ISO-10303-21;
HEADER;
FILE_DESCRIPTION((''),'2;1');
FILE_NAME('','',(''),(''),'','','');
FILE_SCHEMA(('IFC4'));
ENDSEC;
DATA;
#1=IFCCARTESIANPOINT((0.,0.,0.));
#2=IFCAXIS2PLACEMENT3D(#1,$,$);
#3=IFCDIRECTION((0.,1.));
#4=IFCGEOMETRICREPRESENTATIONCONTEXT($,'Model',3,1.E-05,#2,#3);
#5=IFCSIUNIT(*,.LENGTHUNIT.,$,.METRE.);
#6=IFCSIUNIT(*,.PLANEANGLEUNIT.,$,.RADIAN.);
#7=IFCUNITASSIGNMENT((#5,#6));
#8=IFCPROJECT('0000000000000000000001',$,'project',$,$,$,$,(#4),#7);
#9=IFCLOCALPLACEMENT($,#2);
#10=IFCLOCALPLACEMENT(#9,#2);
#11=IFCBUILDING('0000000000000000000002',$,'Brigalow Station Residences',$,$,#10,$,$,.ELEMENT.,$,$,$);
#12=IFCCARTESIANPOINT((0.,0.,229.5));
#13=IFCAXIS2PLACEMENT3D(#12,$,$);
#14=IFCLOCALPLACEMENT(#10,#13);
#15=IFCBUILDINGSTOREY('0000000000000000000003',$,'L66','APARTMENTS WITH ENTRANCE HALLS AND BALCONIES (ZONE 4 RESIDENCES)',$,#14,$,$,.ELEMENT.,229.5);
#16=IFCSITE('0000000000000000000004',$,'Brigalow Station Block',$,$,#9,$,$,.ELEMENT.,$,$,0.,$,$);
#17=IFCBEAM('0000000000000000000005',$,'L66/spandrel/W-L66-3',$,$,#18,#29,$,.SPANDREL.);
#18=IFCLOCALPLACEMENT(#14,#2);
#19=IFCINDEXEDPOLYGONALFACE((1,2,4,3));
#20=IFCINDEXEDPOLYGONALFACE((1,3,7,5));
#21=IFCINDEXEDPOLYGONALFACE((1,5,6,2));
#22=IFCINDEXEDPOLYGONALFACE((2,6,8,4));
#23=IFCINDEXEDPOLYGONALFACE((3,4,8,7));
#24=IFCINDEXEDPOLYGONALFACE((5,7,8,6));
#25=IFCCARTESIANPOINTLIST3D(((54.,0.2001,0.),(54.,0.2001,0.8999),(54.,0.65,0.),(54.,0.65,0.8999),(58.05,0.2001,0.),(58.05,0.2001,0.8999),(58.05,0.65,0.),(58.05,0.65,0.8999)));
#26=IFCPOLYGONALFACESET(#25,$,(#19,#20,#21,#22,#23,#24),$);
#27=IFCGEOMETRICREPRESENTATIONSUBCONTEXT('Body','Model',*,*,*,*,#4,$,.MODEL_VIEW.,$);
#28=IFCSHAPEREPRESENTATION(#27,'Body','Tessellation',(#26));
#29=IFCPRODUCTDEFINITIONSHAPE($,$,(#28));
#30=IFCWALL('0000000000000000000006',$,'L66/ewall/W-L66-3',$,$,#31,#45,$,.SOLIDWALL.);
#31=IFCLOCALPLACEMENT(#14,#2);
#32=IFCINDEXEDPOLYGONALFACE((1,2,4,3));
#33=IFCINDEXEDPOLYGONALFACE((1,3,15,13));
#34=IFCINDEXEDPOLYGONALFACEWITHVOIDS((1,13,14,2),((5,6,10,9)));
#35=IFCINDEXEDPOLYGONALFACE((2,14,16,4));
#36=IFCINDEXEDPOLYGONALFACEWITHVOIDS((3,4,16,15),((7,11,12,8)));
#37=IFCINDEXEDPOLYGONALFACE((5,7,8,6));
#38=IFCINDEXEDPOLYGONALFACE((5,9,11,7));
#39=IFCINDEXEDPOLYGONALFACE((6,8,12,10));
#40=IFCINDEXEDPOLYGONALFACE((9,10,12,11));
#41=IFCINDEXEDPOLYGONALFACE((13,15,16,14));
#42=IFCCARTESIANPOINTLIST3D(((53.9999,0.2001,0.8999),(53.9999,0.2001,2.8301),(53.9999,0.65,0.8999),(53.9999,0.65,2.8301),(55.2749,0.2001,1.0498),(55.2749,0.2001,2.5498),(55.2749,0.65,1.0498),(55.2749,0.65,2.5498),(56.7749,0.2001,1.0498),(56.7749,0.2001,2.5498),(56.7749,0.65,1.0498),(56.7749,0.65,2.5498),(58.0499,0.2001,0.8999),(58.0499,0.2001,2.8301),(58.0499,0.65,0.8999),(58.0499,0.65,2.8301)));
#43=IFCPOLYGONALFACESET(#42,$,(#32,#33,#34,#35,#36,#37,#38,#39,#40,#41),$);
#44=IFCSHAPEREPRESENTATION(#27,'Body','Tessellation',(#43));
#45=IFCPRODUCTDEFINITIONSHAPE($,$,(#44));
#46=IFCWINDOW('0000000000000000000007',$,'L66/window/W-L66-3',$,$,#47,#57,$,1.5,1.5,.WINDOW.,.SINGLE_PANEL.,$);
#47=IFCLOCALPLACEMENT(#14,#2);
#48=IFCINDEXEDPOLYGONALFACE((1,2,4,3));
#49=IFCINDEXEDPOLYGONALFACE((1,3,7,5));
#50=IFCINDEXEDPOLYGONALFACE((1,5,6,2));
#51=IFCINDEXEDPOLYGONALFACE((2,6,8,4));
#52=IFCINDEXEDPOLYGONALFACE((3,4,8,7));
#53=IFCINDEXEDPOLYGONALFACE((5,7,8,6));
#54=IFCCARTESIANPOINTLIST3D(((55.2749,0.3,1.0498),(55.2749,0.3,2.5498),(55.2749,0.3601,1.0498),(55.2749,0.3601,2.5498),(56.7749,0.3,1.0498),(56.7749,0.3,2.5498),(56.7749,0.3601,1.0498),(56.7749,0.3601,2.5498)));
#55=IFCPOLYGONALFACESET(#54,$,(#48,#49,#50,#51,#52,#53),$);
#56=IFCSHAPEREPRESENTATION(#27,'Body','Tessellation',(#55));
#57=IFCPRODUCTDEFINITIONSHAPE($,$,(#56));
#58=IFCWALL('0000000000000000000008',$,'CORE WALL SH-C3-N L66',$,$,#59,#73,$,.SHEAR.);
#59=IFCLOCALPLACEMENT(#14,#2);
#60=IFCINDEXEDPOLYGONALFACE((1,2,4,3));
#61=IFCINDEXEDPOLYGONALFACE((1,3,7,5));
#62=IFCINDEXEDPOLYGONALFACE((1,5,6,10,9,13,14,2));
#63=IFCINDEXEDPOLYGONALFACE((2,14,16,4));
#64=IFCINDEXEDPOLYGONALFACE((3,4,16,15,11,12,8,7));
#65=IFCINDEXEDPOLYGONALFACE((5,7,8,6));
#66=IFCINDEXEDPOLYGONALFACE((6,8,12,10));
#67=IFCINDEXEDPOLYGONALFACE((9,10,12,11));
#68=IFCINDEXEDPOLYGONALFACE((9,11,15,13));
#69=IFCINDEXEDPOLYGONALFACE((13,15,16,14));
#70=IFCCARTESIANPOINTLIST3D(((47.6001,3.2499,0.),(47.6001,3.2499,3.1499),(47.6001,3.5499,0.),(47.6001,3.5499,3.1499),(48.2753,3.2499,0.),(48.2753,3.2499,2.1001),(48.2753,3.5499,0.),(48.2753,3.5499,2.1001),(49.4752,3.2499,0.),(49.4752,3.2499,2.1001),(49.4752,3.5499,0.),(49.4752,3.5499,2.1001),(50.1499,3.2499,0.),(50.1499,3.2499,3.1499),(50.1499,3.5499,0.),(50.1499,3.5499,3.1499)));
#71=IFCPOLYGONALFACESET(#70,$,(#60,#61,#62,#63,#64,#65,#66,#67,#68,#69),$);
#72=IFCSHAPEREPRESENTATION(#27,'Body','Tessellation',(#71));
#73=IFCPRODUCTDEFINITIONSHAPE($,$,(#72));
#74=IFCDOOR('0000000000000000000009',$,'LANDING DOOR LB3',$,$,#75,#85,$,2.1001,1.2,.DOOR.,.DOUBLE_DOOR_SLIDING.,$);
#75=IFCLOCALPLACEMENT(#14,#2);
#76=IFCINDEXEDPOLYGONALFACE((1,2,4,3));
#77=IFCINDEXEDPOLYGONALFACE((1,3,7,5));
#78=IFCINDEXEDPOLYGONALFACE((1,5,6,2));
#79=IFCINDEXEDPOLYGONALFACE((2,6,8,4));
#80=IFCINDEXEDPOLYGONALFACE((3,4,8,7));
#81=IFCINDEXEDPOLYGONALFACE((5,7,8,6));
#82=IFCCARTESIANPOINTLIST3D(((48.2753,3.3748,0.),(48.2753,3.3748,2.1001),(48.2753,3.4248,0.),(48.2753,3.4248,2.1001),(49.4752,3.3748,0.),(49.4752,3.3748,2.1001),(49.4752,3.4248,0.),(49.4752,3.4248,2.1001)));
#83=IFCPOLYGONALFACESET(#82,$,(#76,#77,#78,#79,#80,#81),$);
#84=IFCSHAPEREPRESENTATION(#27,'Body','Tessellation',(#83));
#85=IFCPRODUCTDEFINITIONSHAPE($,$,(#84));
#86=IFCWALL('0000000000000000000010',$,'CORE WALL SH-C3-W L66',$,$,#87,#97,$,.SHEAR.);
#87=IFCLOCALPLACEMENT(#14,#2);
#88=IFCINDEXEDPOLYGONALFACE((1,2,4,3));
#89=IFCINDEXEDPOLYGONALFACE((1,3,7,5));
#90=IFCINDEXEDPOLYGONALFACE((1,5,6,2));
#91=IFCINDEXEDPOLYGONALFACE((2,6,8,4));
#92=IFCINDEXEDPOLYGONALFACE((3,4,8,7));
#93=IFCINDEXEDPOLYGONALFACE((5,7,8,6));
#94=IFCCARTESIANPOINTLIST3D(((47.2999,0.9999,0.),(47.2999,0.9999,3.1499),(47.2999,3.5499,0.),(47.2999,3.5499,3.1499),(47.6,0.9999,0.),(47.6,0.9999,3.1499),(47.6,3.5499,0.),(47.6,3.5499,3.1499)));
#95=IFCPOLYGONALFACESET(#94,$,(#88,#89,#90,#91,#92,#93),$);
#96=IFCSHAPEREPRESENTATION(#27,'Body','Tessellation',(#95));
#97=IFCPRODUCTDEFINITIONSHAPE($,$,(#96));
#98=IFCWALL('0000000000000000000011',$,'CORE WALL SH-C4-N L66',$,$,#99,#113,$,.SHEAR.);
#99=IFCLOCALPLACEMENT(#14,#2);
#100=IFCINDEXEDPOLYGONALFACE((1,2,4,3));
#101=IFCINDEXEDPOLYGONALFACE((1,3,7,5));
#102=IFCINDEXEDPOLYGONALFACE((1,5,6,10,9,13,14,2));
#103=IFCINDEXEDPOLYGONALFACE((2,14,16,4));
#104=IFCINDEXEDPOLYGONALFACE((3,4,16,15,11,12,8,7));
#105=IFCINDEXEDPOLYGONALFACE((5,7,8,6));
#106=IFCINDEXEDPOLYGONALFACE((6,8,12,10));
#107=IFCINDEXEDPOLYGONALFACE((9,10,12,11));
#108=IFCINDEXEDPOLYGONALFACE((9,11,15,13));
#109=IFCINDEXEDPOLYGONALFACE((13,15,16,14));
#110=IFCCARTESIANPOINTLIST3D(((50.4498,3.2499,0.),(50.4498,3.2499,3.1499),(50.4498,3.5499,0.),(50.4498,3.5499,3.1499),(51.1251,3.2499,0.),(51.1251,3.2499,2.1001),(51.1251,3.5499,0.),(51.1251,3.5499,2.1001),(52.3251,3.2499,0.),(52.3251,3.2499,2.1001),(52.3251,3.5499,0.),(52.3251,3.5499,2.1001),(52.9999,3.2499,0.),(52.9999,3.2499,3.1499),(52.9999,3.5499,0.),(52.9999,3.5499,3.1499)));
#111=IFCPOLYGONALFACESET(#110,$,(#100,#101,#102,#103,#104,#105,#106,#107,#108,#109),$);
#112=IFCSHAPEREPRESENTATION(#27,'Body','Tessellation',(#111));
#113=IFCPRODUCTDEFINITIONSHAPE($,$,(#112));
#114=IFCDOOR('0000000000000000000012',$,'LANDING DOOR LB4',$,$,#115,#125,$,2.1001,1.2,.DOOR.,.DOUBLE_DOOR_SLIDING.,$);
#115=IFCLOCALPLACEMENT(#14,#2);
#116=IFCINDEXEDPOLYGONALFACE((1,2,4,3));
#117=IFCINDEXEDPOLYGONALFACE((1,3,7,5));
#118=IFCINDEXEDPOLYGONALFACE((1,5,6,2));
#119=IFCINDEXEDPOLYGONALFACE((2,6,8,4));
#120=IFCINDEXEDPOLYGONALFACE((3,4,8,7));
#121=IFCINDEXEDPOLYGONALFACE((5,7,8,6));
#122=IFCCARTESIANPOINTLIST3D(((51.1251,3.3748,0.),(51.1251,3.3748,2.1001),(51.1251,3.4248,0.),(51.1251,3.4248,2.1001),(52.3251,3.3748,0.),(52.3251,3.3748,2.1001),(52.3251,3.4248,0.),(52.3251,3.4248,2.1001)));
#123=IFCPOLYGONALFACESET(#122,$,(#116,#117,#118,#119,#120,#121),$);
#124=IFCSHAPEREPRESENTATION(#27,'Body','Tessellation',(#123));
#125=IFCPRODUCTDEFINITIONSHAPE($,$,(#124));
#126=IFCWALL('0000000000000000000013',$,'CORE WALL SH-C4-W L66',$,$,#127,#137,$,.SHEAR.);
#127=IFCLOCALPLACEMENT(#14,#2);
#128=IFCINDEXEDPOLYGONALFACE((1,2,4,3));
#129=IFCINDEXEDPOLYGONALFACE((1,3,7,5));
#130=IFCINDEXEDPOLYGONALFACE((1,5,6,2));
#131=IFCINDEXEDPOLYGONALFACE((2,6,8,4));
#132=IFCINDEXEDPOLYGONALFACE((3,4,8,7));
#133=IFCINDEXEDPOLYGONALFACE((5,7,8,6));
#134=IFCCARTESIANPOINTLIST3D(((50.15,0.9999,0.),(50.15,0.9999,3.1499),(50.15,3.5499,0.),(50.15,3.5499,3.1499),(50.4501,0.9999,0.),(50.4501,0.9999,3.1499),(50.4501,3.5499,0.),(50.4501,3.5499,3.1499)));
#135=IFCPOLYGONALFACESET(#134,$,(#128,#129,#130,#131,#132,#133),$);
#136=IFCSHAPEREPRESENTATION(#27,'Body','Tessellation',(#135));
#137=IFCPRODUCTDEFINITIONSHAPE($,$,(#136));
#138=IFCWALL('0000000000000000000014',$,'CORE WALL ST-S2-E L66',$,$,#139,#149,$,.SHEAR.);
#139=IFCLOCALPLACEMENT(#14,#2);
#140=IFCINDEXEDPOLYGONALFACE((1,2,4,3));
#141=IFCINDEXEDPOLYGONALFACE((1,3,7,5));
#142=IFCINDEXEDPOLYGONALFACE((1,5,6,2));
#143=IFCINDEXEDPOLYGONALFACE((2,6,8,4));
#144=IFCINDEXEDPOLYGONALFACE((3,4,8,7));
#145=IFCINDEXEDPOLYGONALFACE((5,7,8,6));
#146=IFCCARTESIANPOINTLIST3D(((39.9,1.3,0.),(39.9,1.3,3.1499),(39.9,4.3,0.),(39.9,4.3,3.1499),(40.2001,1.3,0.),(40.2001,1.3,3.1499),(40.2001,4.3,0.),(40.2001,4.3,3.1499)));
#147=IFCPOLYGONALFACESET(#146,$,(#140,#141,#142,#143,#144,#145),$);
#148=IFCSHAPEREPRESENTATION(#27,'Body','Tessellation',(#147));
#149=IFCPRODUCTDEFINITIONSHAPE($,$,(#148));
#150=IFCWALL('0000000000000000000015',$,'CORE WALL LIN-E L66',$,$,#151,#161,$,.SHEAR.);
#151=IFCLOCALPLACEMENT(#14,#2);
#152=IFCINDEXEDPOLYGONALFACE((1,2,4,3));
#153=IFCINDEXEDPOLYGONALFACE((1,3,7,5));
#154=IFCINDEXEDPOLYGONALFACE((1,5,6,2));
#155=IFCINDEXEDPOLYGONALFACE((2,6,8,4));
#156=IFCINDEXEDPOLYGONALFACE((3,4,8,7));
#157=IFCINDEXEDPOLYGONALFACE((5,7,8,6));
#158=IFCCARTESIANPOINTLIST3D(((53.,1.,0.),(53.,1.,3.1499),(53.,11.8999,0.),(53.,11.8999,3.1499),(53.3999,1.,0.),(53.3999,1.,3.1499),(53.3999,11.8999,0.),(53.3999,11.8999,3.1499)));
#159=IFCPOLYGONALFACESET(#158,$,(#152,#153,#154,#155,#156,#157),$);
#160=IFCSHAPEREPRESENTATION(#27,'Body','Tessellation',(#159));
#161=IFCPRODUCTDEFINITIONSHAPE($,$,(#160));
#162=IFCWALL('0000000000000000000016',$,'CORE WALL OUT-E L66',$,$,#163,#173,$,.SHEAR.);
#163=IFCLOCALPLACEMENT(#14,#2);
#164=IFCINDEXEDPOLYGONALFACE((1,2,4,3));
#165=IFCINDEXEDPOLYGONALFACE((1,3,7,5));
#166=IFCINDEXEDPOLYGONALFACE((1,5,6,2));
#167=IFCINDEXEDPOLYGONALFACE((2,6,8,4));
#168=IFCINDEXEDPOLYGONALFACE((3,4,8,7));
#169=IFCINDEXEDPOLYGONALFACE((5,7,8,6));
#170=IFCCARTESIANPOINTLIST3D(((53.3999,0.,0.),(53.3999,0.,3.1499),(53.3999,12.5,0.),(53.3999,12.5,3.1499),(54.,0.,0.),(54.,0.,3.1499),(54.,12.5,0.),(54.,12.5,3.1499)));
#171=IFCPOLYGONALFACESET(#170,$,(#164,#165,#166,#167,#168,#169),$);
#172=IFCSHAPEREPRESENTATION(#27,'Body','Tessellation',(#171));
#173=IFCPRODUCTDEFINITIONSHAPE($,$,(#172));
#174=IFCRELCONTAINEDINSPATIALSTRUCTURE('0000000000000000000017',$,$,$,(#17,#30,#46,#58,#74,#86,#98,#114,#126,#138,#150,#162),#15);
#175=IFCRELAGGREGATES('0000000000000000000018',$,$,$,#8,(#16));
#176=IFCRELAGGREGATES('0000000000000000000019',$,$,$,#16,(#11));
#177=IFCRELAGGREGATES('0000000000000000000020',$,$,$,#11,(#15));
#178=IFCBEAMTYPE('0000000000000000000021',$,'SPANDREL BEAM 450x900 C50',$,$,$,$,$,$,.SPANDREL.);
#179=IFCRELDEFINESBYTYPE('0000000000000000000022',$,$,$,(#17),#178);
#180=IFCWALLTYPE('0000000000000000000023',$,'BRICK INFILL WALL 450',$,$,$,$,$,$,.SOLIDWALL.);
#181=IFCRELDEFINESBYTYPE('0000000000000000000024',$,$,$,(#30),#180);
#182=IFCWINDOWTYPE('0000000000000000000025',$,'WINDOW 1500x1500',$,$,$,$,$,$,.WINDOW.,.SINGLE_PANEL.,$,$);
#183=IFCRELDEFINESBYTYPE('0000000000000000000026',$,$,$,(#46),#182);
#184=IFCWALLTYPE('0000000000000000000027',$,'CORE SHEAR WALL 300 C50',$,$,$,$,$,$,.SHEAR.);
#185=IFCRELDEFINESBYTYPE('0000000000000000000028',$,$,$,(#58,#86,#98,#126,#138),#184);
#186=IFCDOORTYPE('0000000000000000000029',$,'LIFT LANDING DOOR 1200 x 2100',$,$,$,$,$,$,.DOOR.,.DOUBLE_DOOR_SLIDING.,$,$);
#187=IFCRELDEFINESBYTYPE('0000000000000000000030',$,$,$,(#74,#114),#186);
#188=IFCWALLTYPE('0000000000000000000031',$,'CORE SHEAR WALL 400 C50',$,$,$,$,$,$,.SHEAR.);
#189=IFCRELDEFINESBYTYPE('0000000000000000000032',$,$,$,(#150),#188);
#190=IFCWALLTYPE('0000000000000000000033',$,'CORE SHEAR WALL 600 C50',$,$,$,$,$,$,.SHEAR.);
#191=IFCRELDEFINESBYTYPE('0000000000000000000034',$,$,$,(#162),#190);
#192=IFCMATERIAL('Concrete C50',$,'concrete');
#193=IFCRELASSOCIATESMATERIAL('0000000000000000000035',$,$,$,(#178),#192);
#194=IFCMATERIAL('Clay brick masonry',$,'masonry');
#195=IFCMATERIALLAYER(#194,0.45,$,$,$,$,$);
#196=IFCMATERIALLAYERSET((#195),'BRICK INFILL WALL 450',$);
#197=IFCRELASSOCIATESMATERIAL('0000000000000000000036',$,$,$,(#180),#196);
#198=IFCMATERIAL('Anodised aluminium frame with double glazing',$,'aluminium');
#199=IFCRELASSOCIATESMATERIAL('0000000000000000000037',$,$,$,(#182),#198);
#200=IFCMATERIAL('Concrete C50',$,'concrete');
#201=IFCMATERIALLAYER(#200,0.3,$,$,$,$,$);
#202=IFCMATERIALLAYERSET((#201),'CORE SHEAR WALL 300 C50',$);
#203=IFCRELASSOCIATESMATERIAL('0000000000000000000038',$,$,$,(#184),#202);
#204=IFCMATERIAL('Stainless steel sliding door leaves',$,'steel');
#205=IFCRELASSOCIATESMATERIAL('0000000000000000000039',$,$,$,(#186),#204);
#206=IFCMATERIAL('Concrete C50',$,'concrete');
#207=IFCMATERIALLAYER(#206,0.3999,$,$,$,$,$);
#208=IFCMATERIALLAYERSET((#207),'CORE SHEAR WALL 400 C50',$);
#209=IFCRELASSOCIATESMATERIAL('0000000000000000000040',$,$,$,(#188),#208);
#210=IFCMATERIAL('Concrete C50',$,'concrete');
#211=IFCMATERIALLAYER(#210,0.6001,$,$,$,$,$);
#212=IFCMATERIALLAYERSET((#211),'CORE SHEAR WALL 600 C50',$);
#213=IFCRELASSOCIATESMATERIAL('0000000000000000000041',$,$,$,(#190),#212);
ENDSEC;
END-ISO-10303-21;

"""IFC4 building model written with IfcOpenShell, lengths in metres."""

from ifc_helpers import new_model, si_unit, direction, frame, frame_2d, origin, origin_2d, place, context, subcontext, project, spatial, rectangle, extrude, material, layer, layer_set, material_profile, profile_set, type_object, element, fill, save


model = new_model("IFC4")

# Units and contexts
model_context = context("Model", 3, precision=1e-05, world=origin(), true_north=direction((0.0, 1.0)))
body_context = subcontext(model_context, "Body", "Model", "MODEL_VIEW")
ifc_project = project(units=[si_unit("LENGTHUNIT", "METRE"), si_unit("PLANEANGLEUNIT", "RADIAN")], contexts=[model_context])

# Site, building, storey
site_placement = place(None, origin())
site = spatial("IfcSite", under=ifc_project, at=site_placement, Name="Brigalow Station Block", CompositionType="ELEMENT", RefElevation=0.0)
building_placement = place(site_placement, origin())
building = spatial("IfcBuilding", under=site, at=building_placement, Name="Brigalow Station Residences", CompositionType="ELEMENT")
storey_placement = place(building_placement, frame((0.0, 0.0, 229.5)))
storey = spatial("IfcBuildingStorey", under=building, at=storey_placement, Name="L66", Description="APARTMENTS WITH ENTRANCE HALLS AND BALCONIES (ZONE 4 RESIDENCES)", CompositionType="ELEMENT", Elevation=229.5)

# Beam
ifc_material_1 = material(Name="Concrete C50", Category="concrete")
ifc_material_profile = material_profile(ifc_material_1, rectangle(XDim=0.45, YDim=0.8999, at=origin_2d()), Name="RC450x900")
ifc_profile_set = profile_set([ifc_material_profile], Name="Concrete C50")
beam_type = type_object("IfcBeamType", Name="SPANDREL BEAM 450x900 C50", PredefinedType="SPANDREL", material=ifc_profile_set)
beam_placement = place(storey_placement, frame((54.0, 0.425, 0.45), z_axis=(1.0, 0.0, 0.0), x_axis=(0.0, 1.0, 0.0)))
element("IfcBeam", 1, at=beam_placement, inside=storey, type_object=beam_type, Name="L66/spandrel/W-L66-3", PredefinedType="SPANDREL", context=body_context, shape_type="SweptSolid", body=[
    extrude(rectangle(XDim=0.45, YDim=0.8999, at=origin_2d()), origin(), (0.0, 0.0, 1.0), 4.05),
])

# Wall, opening, window
ifc_material_2 = material(Name="Clay brick masonry", Category="masonry")
ifc_layer_1 = layer(ifc_material_2, 0.45)
ifc_layer_set_1 = layer_set([ifc_layer_1], Name="BRICK INFILL WALL 450")
wall_type_1 = type_object("IfcWallType", Name="BRICK INFILL WALL 450", PredefinedType="SOLIDWALL", material=ifc_layer_set_1)
wall_1_placement = place(storey_placement, frame((54.0, 0.425, 0.8999), z_axis=(0.0, 0.0, 1.0), x_axis=(1.0, 0.0, 0.0)))
wall_1 = element("IfcWall", 2, at=wall_1_placement, inside=storey, type_object=wall_type_1, Name="L66/ewall/W-L66-3", PredefinedType="SOLIDWALL", context=body_context, shape_type="SweptSolid", body=[
    extrude(rectangle(XDim=4.05, YDim=0.45, at=frame_2d((2.0249, 0.0))), origin(), (0.0, 0.0, 1.0), 1.9302),
])
opening_1_placement = place(wall_1_placement, frame((1.2749, 0.0, 0.1499)))
opening_1 = element("IfcOpeningElement", 3, at=opening_1_placement, cuts=wall_1, PredefinedType="OPENING", context=body_context, shape_type="SweptSolid", body=[
    extrude(rectangle(XDim=1.5, YDim=1.5, at=frame_2d((0.75, 0.75))), frame((0.0, 0.2349, 0.0), z_axis=(0.0, -1.0, 0.0), x_axis=(1.0, 0.0, 0.0)), (0.0, 0.0, 1.0), 0.47),
])
ifc_material_3 = material(Name="Anodised aluminium frame with double glazing", Category="aluminium")
window_type = type_object("IfcWindowType", Name="WINDOW 1500x1500", PartitioningType="SINGLE_PANEL", PredefinedType="WINDOW", material=ifc_material_3)
window_placement = place(opening_1_placement, origin())
window = element("IfcWindow", 4, at=window_placement, inside=storey, type_object=window_type, Name="L66/window/W-L66-3", OverallHeight=1.5, OverallWidth=1.5, PartitioningType="SINGLE_PANEL", PredefinedType="WINDOW", context=body_context, shape_type="SweptSolid", body=[
    extrude(rectangle(XDim=1.5, YDim=1.5, at=frame_2d((0.75, 0.75))), frame((0.0, -0.0649, 0.0), z_axis=(0.0, -1.0, 0.0), x_axis=(1.0, 0.0, 0.0)), (0.0, 0.0, 1.0), 0.0601),
])
fill(opening_1, window)

# Wall, opening, door
ifc_material_4 = material(Name="Concrete C50", Category="concrete")
ifc_layer_2 = layer(ifc_material_4, 0.3)
ifc_layer_set_2 = layer_set([ifc_layer_2], Name="CORE SHEAR WALL 300 C50")
wall_type_2 = type_object("IfcWallType", Name="CORE SHEAR WALL 300 C50", PredefinedType="SHEAR", material=ifc_layer_set_2)
wall_2_placement = place(storey_placement, frame((47.6001, 3.3999, 0.0), z_axis=(0.0, 0.0, 1.0), x_axis=(1.0, 0.0, 0.0)))
wall_2 = element("IfcWall", 5, at=wall_2_placement, inside=storey, type_object=wall_type_2, Name="CORE WALL SH-C3-N L66", PredefinedType="SHEAR", context=body_context, shape_type="SweptSolid", body=[
    extrude(rectangle(XDim=2.5498, YDim=0.3, at=frame_2d((1.2749, 0.0))), origin(), (0.0, 0.0, 1.0), 3.1499),
])
opening_2_placement = place(wall_2_placement, frame((0.675, 0.0, 0.0)))
opening_2 = element("IfcOpeningElement", 6, at=opening_2_placement, cuts=wall_2, PredefinedType="OPENING", context=body_context, shape_type="SweptSolid", body=[
    extrude(rectangle(XDim=1.2, YDim=2.1001, at=frame_2d((0.6001, 1.05))), frame((0.0, 0.1602, 0.0), z_axis=(0.0, -1.0, 0.0), x_axis=(1.0, 0.0, 0.0)), (0.0, 0.0, 1.0), 0.3201),
])
ifc_material_5 = material(Name="Stainless steel sliding door leaves", Category="steel")
door_type = type_object("IfcDoorType", Name="LIFT LANDING DOOR 1200 x 2100", OperationType="DOUBLE_DOOR_SLIDING", PredefinedType="DOOR", material=ifc_material_5)
door_1_placement = place(opening_2_placement, origin())
door_1 = element("IfcDoor", 7, at=door_1_placement, inside=storey, type_object=door_type, Name="LANDING DOOR LB3", OperationType="DOUBLE_DOOR_SLIDING", OverallHeight=2.1001, OverallWidth=1.2, PredefinedType="DOOR", context=body_context, shape_type="SweptSolid", body=[
    extrude(rectangle(XDim=1.2, YDim=2.1001, at=frame_2d((0.6001, 1.05))), frame((0.0, 0.0249, 0.0), z_axis=(0.0, -1.0, 0.0), x_axis=(1.0, 0.0, 0.0)), (0.0, 0.0, 1.0), 0.05),
])
fill(opening_2, door_1)

# Wall
wall_3_placement = place(storey_placement, frame((47.45, 1.0, 0.0), z_axis=(0.0, 0.0, 1.0), x_axis=(0.0, 1.0, 0.0)))
element("IfcWall", 8, at=wall_3_placement, inside=storey, type_object=wall_type_2, Name="CORE WALL SH-C3-W L66", PredefinedType="SHEAR", context=body_context, shape_type="SweptSolid", body=[
    extrude(rectangle(XDim=2.55, YDim=0.3, at=frame_2d((1.2749, 0.0))), origin(), (0.0, 0.0, 1.0), 3.1499),
])

# Wall, opening, door
wall_4_placement = place(storey_placement, frame((50.45, 3.3999, 0.0), z_axis=(0.0, 0.0, 1.0), x_axis=(1.0, 0.0, 0.0)))
wall_4 = element("IfcWall", 9, at=wall_4_placement, inside=storey, type_object=wall_type_2, Name="CORE WALL SH-C4-N L66", PredefinedType="SHEAR", context=body_context, shape_type="SweptSolid", body=[
    extrude(rectangle(XDim=2.55, YDim=0.3, at=frame_2d((1.2749, 0.0))), origin(), (0.0, 0.0, 1.0), 3.1499),
])
opening_3_placement = place(wall_4_placement, frame((0.675, 0.0, 0.0)))
opening_3 = element("IfcOpeningElement", 10, at=opening_3_placement, cuts=wall_4, PredefinedType="OPENING", context=body_context, shape_type="SweptSolid", body=[
    extrude(rectangle(XDim=1.2, YDim=2.1001, at=frame_2d((0.6001, 1.05))), frame((0.0, 0.1602, 0.0), z_axis=(0.0, -1.0, 0.0), x_axis=(1.0, 0.0, 0.0)), (0.0, 0.0, 1.0), 0.3201),
])
door_2_placement = place(opening_3_placement, origin())
door_2 = element("IfcDoor", 11, at=door_2_placement, inside=storey, type_object=door_type, Name="LANDING DOOR LB4", OperationType="DOUBLE_DOOR_SLIDING", OverallHeight=2.1001, OverallWidth=1.2, PredefinedType="DOOR", context=body_context, shape_type="SweptSolid", body=[
    extrude(rectangle(XDim=1.2, YDim=2.1001, at=frame_2d((0.6001, 1.05))), frame((0.0, 0.0249, 0.0), z_axis=(0.0, -1.0, 0.0), x_axis=(1.0, 0.0, 0.0)), (0.0, 0.0, 1.0), 0.05),
])
fill(opening_3, door_2)

# Walls
wall_5_placement = place(storey_placement, frame((50.3, 1.0, 0.0), z_axis=(0.0, 0.0, 1.0), x_axis=(0.0, 1.0, 0.0)))
element("IfcWall", 12, at=wall_5_placement, inside=storey, type_object=wall_type_2, Name="CORE WALL SH-C4-W L66", PredefinedType="SHEAR", context=body_context, shape_type="SweptSolid", body=[
    extrude(rectangle(XDim=2.55, YDim=0.3, at=frame_2d((1.2749, 0.0))), origin(), (0.0, 0.0, 1.0), 3.1499),
])
wall_6_placement = place(storey_placement, frame((40.05, 1.3, 0.0), z_axis=(0.0, 0.0, 1.0), x_axis=(0.0, 1.0, 0.0)))
element("IfcWall", 13, at=wall_6_placement, inside=storey, type_object=wall_type_2, Name="CORE WALL ST-S2-E L66", PredefinedType="SHEAR", context=body_context, shape_type="SweptSolid", body=[
    extrude(rectangle(XDim=3.0, YDim=0.3, at=frame_2d((1.5, 0.0))), origin(), (0.0, 0.0, 1.0), 3.1499),
])
ifc_material_6 = material(Name="Concrete C50", Category="concrete")
ifc_layer_3 = layer(ifc_material_6, 0.3999)
ifc_layer_set_3 = layer_set([ifc_layer_3], Name="CORE SHEAR WALL 400 C50")
wall_type_3 = type_object("IfcWallType", Name="CORE SHEAR WALL 400 C50", PredefinedType="SHEAR", material=ifc_layer_set_3)
wall_7_placement = place(storey_placement, frame((53.2, 1.0, 0.0), z_axis=(0.0, 0.0, 1.0), x_axis=(0.0, 1.0, 0.0)))
element("IfcWall", 14, at=wall_7_placement, inside=storey, type_object=wall_type_3, Name="CORE WALL LIN-E L66", PredefinedType="SHEAR", context=body_context, shape_type="SweptSolid", body=[
    extrude(rectangle(XDim=10.8999, YDim=0.3999, at=frame_2d((5.45, 0.0))), origin(), (0.0, 0.0, 1.0), 3.1499),
])
ifc_material_7 = material(Name="Concrete C50", Category="concrete")
ifc_layer_4 = layer(ifc_material_7, 0.6001)
ifc_layer_set_4 = layer_set([ifc_layer_4], Name="CORE SHEAR WALL 600 C50")
wall_type_4 = type_object("IfcWallType", Name="CORE SHEAR WALL 600 C50", PredefinedType="SHEAR", material=ifc_layer_set_4)
wall_8_placement = place(storey_placement, frame((53.7, 0.0, 0.0), z_axis=(0.0, 0.0, 1.0), x_axis=(0.0, 1.0, 0.0)))
element("IfcWall", 15, at=wall_8_placement, inside=storey, type_object=wall_type_4, Name="CORE WALL OUT-E L66", PredefinedType="SHEAR", context=body_context, shape_type="SweptSolid", body=[
    extrude(rectangle(XDim=12.5, YDim=0.6001, at=frame_2d((6.25, 0.0))), origin(), (0.0, 0.0, 1.0), 3.1499),
])

save(model, "model.ifc")
